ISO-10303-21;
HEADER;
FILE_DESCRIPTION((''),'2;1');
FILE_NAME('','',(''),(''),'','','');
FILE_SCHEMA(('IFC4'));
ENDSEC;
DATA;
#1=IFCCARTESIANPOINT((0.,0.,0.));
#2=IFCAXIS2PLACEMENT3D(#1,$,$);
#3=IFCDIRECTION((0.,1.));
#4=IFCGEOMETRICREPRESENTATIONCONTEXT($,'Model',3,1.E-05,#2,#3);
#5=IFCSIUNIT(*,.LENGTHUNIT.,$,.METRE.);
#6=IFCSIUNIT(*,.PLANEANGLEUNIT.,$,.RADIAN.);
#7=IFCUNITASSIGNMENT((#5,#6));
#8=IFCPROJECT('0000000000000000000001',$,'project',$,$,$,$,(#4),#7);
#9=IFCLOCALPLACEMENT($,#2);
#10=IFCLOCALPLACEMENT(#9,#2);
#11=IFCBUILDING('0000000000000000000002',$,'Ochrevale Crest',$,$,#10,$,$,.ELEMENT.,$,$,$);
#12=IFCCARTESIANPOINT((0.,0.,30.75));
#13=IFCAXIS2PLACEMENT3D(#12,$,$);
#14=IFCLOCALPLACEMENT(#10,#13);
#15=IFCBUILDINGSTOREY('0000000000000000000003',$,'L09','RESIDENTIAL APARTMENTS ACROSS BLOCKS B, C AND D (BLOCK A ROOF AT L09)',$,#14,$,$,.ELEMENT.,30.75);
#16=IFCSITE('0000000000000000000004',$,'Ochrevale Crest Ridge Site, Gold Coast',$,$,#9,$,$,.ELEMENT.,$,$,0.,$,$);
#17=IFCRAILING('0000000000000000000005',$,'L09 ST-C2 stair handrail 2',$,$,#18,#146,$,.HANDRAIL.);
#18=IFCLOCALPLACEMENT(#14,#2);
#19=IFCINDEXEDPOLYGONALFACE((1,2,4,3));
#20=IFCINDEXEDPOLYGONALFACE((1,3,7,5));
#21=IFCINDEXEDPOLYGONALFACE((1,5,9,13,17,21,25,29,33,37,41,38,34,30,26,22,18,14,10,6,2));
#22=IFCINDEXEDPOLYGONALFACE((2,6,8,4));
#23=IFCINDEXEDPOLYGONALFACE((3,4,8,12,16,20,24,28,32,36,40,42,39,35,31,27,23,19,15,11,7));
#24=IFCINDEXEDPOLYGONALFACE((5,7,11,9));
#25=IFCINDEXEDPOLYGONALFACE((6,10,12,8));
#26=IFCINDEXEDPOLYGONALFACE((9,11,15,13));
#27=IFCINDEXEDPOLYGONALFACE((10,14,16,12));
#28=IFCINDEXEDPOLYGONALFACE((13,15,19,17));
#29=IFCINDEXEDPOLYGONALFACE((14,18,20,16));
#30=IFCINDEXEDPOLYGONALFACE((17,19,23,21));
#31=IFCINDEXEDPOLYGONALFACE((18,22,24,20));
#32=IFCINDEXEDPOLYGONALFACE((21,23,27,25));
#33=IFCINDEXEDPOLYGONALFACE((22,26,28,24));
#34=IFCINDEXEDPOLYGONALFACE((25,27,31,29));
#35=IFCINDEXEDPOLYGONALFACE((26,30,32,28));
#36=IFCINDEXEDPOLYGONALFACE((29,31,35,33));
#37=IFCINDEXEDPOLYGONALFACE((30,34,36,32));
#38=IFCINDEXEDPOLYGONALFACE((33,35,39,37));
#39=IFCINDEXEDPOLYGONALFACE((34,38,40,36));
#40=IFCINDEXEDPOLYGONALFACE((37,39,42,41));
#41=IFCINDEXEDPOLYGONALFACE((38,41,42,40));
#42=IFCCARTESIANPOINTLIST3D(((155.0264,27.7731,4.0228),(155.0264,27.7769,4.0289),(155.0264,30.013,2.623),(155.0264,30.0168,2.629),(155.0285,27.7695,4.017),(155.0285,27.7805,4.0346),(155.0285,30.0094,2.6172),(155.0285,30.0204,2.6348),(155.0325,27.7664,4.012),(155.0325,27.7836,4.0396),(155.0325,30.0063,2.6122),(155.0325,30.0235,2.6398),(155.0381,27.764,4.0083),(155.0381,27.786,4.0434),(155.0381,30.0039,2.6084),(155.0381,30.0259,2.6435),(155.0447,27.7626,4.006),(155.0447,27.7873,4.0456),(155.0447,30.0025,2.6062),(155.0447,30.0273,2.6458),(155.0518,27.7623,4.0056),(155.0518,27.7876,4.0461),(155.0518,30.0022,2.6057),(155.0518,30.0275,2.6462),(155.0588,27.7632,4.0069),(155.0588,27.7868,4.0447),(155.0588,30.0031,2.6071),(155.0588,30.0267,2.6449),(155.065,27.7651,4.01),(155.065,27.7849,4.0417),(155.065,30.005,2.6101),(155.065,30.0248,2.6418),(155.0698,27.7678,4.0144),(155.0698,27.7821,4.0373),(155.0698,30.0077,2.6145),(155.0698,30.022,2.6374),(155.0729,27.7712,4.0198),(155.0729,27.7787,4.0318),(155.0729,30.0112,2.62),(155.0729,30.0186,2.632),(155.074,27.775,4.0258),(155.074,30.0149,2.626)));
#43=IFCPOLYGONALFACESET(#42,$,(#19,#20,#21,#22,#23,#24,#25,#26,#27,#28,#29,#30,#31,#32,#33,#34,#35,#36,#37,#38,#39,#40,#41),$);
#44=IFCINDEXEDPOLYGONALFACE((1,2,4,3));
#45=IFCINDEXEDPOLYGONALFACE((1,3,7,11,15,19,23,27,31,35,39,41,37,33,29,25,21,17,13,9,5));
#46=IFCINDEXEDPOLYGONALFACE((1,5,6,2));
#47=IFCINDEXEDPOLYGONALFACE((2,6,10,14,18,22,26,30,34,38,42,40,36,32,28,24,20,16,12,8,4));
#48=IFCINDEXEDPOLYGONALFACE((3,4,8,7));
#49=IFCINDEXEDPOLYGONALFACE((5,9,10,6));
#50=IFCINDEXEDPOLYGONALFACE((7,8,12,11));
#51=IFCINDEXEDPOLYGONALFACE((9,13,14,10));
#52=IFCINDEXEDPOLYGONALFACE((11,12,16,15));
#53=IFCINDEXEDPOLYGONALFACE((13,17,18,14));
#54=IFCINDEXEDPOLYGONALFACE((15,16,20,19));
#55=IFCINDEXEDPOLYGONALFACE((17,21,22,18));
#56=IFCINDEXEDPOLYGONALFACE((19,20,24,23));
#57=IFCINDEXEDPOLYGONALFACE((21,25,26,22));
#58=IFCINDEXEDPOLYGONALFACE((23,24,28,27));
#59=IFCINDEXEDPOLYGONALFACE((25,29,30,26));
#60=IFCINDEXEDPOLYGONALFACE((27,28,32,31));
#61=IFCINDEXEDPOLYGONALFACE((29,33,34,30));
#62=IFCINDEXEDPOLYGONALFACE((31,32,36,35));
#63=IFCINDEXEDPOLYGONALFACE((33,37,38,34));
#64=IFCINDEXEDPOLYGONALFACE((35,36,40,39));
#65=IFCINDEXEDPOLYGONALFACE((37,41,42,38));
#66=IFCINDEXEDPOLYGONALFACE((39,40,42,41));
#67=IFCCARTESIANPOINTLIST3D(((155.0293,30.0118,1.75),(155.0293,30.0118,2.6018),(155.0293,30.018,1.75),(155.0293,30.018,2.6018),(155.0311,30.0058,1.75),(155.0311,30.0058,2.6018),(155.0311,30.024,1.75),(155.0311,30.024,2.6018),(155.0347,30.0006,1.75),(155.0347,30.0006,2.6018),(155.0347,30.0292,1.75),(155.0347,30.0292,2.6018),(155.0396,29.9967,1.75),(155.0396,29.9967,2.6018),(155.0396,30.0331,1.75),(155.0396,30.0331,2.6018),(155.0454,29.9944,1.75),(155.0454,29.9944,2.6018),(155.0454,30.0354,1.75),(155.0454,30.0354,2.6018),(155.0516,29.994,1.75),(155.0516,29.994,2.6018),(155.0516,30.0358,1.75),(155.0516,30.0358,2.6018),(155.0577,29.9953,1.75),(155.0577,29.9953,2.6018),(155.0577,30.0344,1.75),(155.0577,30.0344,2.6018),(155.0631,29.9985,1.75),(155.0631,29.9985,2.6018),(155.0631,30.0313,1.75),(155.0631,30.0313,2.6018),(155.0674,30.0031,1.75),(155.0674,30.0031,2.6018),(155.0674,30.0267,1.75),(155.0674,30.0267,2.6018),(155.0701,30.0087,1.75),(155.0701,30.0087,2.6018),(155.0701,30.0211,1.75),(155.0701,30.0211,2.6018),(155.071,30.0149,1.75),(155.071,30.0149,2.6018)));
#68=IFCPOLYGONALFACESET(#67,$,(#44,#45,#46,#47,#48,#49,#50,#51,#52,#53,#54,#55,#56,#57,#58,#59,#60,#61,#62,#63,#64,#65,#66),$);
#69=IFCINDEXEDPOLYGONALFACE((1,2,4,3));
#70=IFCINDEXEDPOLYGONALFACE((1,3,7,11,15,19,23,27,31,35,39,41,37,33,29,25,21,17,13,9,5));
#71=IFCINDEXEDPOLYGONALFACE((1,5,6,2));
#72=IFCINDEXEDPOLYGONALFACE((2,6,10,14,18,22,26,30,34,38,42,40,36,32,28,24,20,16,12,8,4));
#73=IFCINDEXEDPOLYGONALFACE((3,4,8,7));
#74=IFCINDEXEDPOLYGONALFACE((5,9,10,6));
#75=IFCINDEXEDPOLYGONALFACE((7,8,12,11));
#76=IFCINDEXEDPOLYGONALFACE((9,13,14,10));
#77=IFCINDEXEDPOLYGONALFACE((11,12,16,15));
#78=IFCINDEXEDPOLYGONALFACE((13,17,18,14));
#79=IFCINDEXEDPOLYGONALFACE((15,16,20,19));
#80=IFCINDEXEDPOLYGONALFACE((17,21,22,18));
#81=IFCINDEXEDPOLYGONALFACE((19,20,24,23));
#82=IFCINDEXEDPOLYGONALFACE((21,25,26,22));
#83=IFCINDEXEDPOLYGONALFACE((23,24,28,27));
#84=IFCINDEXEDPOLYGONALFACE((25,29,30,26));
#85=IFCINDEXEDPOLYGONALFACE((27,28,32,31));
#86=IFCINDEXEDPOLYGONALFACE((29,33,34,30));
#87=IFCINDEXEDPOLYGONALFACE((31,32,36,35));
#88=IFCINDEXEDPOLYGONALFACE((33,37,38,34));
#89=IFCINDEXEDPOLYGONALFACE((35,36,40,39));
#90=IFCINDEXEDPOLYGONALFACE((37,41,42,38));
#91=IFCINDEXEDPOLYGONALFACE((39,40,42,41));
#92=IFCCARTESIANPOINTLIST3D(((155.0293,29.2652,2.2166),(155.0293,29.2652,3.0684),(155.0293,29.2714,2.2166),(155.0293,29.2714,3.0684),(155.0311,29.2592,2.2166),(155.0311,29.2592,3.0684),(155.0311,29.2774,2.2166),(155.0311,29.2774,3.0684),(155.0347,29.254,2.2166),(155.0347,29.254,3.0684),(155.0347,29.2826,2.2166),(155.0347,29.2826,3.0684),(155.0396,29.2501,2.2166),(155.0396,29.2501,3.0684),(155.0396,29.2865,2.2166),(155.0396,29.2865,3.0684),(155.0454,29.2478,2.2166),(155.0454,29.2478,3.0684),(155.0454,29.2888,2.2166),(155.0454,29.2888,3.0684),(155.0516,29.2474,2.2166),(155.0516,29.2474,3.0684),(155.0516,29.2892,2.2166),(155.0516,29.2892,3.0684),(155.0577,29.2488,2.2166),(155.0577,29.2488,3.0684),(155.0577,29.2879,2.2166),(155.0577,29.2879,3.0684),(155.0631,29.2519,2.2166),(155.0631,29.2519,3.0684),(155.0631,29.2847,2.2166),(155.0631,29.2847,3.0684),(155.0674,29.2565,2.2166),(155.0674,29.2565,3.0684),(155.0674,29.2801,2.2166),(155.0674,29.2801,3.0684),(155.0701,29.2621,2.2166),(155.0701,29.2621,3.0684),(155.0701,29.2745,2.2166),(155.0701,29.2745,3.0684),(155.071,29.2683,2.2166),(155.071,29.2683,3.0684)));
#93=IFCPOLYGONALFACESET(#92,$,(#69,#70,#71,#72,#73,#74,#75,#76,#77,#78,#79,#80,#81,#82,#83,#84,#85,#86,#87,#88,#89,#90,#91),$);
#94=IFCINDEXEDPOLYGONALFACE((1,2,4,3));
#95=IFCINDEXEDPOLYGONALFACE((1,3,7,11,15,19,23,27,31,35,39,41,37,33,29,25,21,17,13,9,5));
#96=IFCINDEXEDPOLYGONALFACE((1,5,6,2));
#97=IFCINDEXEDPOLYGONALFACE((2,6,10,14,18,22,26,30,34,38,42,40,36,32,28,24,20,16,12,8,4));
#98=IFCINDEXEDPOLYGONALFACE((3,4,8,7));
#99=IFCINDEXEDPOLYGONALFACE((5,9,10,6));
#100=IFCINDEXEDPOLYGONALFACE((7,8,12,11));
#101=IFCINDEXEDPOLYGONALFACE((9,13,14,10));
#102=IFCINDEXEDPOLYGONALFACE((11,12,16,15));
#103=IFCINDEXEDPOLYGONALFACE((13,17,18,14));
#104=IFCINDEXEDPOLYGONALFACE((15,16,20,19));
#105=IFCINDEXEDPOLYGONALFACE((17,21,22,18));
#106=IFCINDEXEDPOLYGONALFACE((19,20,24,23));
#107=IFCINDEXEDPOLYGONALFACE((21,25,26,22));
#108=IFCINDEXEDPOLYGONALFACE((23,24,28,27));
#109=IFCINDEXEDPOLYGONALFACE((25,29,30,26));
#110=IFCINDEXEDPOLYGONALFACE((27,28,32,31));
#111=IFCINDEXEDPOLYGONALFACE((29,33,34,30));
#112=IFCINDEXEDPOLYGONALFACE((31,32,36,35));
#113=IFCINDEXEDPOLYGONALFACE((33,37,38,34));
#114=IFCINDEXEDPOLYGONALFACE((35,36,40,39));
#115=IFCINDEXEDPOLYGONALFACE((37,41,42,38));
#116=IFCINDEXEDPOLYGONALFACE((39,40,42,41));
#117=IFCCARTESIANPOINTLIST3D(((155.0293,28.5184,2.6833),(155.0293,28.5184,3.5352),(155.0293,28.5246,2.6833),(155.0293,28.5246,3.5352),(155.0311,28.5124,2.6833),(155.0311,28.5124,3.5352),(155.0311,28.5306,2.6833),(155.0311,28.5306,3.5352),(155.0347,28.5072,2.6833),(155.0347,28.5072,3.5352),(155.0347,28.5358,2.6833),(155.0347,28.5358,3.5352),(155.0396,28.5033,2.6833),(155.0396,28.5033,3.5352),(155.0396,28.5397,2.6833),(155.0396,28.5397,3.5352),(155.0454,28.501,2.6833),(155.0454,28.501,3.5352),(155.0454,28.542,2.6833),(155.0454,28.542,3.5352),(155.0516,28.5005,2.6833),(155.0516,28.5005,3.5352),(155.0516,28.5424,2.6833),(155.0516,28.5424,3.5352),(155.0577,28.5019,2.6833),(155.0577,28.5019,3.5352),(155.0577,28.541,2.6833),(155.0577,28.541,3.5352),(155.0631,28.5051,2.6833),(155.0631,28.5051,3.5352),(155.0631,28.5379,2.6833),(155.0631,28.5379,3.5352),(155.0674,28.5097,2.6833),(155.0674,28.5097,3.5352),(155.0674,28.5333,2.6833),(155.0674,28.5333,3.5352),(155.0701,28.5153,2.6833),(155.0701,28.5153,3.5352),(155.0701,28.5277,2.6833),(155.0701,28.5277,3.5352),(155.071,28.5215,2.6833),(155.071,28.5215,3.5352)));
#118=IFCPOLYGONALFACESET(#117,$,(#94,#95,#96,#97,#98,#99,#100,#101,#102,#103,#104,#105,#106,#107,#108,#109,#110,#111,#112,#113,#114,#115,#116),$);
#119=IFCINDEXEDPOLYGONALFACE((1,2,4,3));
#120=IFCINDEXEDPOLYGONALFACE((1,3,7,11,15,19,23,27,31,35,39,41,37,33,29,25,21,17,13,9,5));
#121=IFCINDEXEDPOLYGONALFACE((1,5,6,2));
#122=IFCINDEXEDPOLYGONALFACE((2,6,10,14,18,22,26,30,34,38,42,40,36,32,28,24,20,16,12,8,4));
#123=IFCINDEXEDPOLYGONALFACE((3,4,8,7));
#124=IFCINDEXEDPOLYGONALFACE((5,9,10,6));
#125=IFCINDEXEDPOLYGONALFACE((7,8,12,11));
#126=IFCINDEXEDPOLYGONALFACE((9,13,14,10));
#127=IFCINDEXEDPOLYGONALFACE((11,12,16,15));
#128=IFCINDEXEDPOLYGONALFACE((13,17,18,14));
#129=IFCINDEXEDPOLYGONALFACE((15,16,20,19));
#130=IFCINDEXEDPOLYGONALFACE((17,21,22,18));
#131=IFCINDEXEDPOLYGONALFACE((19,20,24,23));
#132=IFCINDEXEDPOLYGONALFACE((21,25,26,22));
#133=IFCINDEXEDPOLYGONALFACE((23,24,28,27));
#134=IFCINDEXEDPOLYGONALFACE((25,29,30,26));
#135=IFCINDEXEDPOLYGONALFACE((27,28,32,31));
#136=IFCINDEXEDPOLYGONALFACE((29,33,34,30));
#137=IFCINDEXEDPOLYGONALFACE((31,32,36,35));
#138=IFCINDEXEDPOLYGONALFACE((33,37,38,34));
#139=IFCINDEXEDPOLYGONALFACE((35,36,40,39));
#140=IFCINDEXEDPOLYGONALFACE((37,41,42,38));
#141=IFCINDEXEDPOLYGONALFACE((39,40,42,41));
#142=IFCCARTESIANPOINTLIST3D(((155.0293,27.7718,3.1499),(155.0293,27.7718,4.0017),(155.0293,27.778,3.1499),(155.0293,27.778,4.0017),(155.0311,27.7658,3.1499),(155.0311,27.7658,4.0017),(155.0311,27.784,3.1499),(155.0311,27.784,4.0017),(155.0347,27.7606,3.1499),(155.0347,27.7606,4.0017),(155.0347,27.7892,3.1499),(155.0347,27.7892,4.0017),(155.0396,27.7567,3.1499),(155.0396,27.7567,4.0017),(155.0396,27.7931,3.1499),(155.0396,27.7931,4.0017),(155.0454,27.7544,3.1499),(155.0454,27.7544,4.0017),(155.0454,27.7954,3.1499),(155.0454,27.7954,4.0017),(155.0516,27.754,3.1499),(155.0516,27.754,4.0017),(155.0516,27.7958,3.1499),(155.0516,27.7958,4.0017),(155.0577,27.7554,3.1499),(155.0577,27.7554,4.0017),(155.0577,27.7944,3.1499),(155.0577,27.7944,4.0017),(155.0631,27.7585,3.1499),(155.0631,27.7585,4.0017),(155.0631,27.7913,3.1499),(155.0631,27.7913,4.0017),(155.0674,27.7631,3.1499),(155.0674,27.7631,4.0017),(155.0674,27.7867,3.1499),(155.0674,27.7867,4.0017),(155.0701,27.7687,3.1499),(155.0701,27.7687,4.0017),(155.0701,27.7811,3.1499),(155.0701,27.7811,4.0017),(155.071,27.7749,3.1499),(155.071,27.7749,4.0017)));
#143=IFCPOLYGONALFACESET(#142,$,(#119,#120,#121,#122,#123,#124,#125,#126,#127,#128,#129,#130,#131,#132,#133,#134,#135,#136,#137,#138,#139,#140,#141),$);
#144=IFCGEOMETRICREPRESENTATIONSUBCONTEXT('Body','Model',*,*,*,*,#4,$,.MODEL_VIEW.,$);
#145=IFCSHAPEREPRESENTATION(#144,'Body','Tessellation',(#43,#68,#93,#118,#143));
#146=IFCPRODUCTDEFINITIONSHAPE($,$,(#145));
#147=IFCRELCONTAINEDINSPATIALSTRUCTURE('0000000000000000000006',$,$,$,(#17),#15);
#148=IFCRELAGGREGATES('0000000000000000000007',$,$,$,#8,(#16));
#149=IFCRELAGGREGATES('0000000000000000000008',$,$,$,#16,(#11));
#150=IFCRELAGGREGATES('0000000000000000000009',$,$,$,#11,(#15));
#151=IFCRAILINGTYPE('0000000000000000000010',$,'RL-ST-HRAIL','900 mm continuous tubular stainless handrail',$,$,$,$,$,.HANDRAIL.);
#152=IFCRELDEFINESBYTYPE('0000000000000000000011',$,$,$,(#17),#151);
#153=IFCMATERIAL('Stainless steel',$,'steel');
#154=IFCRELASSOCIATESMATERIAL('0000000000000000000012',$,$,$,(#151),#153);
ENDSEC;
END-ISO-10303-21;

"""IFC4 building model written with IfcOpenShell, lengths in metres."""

from ifc_helpers import new_model, si_unit, direction, frame, origin, origin_2d, place, context, subcontext, project, spatial, circle, extrude, material, type_object, element, save


model = new_model("IFC4")

# Units and contexts
model_context = context("Model", 3, precision=1e-05, world=origin(), true_north=direction((0.0, 1.0)))
body_context = subcontext(model_context, "Body", "Model", "MODEL_VIEW")
ifc_project = project(units=[si_unit("LENGTHUNIT", "METRE"), si_unit("PLANEANGLEUNIT", "RADIAN")], contexts=[model_context])

# Site, building, storey
site_placement = place(None, origin())
site = spatial("IfcSite", under=ifc_project, at=site_placement, Name="Ochrevale Crest Ridge Site, Gold Coast", CompositionType="ELEMENT", RefElevation=0.0)
building_placement = place(site_placement, origin())
building = spatial("IfcBuilding", under=site, at=building_placement, Name="Ochrevale Crest", CompositionType="ELEMENT")
storey_placement = place(building_placement, frame((0.0, 0.0, 30.75)))
storey = spatial("IfcBuildingStorey", under=building, at=storey_placement, Name="L09", Description="RESIDENTIAL APARTMENTS ACROSS BLOCKS B, C AND D (BLOCK A ROOF AT L09)", CompositionType="ELEMENT", Elevation=30.75)

# Railing
ifc_material_1 = material(Name="Stainless steel", Category="steel")
railing_type_1 = type_object("IfcRailingType", Name="RL-ST-HRAIL", Description="900 mm continuous tubular stainless handrail", PredefinedType="HANDRAIL", material=ifc_material_1)
railing_1_placement = place(storey_placement, frame((155.05, 30.0149, 1.75)))
element("IfcRailing", 1, at=railing_1_placement, inside=storey, type_object=railing_type_1, Name="L09 ST-C2 stair handrail 2", PredefinedType="HANDRAIL", context=body_context, shape_type="SweptSolid", body=[
    extrude(circle(Radius=0.0239, at=origin_2d()), frame((0.0, 0.0, 0.876), z_axis=(0.0, -0.848014, 0.529974), x_axis=(1.0, 0.0, 0.0)), (0.0, 0.0, 1.0), 2.6414),
    extrude(circle(Radius=0.021, at=origin_2d()), origin(), (0.0, 0.0, 1.0), 0.8518),
    extrude(circle(Radius=0.021, at=origin_2d()), frame((0.0, -0.7466, 0.4666)), (0.0, 0.0, 1.0), 0.8518),
    extrude(circle(Radius=0.021, at=origin_2d()), frame((0.0, -1.4934, 0.9333)), (0.0, 0.0, 1.0), 0.8518),
    extrude(circle(Radius=0.021, at=origin_2d()), frame((0.0, -2.24, 1.3999)), (0.0, 0.0, 1.0), 0.8518),
])

save(model, "model.ifc")
